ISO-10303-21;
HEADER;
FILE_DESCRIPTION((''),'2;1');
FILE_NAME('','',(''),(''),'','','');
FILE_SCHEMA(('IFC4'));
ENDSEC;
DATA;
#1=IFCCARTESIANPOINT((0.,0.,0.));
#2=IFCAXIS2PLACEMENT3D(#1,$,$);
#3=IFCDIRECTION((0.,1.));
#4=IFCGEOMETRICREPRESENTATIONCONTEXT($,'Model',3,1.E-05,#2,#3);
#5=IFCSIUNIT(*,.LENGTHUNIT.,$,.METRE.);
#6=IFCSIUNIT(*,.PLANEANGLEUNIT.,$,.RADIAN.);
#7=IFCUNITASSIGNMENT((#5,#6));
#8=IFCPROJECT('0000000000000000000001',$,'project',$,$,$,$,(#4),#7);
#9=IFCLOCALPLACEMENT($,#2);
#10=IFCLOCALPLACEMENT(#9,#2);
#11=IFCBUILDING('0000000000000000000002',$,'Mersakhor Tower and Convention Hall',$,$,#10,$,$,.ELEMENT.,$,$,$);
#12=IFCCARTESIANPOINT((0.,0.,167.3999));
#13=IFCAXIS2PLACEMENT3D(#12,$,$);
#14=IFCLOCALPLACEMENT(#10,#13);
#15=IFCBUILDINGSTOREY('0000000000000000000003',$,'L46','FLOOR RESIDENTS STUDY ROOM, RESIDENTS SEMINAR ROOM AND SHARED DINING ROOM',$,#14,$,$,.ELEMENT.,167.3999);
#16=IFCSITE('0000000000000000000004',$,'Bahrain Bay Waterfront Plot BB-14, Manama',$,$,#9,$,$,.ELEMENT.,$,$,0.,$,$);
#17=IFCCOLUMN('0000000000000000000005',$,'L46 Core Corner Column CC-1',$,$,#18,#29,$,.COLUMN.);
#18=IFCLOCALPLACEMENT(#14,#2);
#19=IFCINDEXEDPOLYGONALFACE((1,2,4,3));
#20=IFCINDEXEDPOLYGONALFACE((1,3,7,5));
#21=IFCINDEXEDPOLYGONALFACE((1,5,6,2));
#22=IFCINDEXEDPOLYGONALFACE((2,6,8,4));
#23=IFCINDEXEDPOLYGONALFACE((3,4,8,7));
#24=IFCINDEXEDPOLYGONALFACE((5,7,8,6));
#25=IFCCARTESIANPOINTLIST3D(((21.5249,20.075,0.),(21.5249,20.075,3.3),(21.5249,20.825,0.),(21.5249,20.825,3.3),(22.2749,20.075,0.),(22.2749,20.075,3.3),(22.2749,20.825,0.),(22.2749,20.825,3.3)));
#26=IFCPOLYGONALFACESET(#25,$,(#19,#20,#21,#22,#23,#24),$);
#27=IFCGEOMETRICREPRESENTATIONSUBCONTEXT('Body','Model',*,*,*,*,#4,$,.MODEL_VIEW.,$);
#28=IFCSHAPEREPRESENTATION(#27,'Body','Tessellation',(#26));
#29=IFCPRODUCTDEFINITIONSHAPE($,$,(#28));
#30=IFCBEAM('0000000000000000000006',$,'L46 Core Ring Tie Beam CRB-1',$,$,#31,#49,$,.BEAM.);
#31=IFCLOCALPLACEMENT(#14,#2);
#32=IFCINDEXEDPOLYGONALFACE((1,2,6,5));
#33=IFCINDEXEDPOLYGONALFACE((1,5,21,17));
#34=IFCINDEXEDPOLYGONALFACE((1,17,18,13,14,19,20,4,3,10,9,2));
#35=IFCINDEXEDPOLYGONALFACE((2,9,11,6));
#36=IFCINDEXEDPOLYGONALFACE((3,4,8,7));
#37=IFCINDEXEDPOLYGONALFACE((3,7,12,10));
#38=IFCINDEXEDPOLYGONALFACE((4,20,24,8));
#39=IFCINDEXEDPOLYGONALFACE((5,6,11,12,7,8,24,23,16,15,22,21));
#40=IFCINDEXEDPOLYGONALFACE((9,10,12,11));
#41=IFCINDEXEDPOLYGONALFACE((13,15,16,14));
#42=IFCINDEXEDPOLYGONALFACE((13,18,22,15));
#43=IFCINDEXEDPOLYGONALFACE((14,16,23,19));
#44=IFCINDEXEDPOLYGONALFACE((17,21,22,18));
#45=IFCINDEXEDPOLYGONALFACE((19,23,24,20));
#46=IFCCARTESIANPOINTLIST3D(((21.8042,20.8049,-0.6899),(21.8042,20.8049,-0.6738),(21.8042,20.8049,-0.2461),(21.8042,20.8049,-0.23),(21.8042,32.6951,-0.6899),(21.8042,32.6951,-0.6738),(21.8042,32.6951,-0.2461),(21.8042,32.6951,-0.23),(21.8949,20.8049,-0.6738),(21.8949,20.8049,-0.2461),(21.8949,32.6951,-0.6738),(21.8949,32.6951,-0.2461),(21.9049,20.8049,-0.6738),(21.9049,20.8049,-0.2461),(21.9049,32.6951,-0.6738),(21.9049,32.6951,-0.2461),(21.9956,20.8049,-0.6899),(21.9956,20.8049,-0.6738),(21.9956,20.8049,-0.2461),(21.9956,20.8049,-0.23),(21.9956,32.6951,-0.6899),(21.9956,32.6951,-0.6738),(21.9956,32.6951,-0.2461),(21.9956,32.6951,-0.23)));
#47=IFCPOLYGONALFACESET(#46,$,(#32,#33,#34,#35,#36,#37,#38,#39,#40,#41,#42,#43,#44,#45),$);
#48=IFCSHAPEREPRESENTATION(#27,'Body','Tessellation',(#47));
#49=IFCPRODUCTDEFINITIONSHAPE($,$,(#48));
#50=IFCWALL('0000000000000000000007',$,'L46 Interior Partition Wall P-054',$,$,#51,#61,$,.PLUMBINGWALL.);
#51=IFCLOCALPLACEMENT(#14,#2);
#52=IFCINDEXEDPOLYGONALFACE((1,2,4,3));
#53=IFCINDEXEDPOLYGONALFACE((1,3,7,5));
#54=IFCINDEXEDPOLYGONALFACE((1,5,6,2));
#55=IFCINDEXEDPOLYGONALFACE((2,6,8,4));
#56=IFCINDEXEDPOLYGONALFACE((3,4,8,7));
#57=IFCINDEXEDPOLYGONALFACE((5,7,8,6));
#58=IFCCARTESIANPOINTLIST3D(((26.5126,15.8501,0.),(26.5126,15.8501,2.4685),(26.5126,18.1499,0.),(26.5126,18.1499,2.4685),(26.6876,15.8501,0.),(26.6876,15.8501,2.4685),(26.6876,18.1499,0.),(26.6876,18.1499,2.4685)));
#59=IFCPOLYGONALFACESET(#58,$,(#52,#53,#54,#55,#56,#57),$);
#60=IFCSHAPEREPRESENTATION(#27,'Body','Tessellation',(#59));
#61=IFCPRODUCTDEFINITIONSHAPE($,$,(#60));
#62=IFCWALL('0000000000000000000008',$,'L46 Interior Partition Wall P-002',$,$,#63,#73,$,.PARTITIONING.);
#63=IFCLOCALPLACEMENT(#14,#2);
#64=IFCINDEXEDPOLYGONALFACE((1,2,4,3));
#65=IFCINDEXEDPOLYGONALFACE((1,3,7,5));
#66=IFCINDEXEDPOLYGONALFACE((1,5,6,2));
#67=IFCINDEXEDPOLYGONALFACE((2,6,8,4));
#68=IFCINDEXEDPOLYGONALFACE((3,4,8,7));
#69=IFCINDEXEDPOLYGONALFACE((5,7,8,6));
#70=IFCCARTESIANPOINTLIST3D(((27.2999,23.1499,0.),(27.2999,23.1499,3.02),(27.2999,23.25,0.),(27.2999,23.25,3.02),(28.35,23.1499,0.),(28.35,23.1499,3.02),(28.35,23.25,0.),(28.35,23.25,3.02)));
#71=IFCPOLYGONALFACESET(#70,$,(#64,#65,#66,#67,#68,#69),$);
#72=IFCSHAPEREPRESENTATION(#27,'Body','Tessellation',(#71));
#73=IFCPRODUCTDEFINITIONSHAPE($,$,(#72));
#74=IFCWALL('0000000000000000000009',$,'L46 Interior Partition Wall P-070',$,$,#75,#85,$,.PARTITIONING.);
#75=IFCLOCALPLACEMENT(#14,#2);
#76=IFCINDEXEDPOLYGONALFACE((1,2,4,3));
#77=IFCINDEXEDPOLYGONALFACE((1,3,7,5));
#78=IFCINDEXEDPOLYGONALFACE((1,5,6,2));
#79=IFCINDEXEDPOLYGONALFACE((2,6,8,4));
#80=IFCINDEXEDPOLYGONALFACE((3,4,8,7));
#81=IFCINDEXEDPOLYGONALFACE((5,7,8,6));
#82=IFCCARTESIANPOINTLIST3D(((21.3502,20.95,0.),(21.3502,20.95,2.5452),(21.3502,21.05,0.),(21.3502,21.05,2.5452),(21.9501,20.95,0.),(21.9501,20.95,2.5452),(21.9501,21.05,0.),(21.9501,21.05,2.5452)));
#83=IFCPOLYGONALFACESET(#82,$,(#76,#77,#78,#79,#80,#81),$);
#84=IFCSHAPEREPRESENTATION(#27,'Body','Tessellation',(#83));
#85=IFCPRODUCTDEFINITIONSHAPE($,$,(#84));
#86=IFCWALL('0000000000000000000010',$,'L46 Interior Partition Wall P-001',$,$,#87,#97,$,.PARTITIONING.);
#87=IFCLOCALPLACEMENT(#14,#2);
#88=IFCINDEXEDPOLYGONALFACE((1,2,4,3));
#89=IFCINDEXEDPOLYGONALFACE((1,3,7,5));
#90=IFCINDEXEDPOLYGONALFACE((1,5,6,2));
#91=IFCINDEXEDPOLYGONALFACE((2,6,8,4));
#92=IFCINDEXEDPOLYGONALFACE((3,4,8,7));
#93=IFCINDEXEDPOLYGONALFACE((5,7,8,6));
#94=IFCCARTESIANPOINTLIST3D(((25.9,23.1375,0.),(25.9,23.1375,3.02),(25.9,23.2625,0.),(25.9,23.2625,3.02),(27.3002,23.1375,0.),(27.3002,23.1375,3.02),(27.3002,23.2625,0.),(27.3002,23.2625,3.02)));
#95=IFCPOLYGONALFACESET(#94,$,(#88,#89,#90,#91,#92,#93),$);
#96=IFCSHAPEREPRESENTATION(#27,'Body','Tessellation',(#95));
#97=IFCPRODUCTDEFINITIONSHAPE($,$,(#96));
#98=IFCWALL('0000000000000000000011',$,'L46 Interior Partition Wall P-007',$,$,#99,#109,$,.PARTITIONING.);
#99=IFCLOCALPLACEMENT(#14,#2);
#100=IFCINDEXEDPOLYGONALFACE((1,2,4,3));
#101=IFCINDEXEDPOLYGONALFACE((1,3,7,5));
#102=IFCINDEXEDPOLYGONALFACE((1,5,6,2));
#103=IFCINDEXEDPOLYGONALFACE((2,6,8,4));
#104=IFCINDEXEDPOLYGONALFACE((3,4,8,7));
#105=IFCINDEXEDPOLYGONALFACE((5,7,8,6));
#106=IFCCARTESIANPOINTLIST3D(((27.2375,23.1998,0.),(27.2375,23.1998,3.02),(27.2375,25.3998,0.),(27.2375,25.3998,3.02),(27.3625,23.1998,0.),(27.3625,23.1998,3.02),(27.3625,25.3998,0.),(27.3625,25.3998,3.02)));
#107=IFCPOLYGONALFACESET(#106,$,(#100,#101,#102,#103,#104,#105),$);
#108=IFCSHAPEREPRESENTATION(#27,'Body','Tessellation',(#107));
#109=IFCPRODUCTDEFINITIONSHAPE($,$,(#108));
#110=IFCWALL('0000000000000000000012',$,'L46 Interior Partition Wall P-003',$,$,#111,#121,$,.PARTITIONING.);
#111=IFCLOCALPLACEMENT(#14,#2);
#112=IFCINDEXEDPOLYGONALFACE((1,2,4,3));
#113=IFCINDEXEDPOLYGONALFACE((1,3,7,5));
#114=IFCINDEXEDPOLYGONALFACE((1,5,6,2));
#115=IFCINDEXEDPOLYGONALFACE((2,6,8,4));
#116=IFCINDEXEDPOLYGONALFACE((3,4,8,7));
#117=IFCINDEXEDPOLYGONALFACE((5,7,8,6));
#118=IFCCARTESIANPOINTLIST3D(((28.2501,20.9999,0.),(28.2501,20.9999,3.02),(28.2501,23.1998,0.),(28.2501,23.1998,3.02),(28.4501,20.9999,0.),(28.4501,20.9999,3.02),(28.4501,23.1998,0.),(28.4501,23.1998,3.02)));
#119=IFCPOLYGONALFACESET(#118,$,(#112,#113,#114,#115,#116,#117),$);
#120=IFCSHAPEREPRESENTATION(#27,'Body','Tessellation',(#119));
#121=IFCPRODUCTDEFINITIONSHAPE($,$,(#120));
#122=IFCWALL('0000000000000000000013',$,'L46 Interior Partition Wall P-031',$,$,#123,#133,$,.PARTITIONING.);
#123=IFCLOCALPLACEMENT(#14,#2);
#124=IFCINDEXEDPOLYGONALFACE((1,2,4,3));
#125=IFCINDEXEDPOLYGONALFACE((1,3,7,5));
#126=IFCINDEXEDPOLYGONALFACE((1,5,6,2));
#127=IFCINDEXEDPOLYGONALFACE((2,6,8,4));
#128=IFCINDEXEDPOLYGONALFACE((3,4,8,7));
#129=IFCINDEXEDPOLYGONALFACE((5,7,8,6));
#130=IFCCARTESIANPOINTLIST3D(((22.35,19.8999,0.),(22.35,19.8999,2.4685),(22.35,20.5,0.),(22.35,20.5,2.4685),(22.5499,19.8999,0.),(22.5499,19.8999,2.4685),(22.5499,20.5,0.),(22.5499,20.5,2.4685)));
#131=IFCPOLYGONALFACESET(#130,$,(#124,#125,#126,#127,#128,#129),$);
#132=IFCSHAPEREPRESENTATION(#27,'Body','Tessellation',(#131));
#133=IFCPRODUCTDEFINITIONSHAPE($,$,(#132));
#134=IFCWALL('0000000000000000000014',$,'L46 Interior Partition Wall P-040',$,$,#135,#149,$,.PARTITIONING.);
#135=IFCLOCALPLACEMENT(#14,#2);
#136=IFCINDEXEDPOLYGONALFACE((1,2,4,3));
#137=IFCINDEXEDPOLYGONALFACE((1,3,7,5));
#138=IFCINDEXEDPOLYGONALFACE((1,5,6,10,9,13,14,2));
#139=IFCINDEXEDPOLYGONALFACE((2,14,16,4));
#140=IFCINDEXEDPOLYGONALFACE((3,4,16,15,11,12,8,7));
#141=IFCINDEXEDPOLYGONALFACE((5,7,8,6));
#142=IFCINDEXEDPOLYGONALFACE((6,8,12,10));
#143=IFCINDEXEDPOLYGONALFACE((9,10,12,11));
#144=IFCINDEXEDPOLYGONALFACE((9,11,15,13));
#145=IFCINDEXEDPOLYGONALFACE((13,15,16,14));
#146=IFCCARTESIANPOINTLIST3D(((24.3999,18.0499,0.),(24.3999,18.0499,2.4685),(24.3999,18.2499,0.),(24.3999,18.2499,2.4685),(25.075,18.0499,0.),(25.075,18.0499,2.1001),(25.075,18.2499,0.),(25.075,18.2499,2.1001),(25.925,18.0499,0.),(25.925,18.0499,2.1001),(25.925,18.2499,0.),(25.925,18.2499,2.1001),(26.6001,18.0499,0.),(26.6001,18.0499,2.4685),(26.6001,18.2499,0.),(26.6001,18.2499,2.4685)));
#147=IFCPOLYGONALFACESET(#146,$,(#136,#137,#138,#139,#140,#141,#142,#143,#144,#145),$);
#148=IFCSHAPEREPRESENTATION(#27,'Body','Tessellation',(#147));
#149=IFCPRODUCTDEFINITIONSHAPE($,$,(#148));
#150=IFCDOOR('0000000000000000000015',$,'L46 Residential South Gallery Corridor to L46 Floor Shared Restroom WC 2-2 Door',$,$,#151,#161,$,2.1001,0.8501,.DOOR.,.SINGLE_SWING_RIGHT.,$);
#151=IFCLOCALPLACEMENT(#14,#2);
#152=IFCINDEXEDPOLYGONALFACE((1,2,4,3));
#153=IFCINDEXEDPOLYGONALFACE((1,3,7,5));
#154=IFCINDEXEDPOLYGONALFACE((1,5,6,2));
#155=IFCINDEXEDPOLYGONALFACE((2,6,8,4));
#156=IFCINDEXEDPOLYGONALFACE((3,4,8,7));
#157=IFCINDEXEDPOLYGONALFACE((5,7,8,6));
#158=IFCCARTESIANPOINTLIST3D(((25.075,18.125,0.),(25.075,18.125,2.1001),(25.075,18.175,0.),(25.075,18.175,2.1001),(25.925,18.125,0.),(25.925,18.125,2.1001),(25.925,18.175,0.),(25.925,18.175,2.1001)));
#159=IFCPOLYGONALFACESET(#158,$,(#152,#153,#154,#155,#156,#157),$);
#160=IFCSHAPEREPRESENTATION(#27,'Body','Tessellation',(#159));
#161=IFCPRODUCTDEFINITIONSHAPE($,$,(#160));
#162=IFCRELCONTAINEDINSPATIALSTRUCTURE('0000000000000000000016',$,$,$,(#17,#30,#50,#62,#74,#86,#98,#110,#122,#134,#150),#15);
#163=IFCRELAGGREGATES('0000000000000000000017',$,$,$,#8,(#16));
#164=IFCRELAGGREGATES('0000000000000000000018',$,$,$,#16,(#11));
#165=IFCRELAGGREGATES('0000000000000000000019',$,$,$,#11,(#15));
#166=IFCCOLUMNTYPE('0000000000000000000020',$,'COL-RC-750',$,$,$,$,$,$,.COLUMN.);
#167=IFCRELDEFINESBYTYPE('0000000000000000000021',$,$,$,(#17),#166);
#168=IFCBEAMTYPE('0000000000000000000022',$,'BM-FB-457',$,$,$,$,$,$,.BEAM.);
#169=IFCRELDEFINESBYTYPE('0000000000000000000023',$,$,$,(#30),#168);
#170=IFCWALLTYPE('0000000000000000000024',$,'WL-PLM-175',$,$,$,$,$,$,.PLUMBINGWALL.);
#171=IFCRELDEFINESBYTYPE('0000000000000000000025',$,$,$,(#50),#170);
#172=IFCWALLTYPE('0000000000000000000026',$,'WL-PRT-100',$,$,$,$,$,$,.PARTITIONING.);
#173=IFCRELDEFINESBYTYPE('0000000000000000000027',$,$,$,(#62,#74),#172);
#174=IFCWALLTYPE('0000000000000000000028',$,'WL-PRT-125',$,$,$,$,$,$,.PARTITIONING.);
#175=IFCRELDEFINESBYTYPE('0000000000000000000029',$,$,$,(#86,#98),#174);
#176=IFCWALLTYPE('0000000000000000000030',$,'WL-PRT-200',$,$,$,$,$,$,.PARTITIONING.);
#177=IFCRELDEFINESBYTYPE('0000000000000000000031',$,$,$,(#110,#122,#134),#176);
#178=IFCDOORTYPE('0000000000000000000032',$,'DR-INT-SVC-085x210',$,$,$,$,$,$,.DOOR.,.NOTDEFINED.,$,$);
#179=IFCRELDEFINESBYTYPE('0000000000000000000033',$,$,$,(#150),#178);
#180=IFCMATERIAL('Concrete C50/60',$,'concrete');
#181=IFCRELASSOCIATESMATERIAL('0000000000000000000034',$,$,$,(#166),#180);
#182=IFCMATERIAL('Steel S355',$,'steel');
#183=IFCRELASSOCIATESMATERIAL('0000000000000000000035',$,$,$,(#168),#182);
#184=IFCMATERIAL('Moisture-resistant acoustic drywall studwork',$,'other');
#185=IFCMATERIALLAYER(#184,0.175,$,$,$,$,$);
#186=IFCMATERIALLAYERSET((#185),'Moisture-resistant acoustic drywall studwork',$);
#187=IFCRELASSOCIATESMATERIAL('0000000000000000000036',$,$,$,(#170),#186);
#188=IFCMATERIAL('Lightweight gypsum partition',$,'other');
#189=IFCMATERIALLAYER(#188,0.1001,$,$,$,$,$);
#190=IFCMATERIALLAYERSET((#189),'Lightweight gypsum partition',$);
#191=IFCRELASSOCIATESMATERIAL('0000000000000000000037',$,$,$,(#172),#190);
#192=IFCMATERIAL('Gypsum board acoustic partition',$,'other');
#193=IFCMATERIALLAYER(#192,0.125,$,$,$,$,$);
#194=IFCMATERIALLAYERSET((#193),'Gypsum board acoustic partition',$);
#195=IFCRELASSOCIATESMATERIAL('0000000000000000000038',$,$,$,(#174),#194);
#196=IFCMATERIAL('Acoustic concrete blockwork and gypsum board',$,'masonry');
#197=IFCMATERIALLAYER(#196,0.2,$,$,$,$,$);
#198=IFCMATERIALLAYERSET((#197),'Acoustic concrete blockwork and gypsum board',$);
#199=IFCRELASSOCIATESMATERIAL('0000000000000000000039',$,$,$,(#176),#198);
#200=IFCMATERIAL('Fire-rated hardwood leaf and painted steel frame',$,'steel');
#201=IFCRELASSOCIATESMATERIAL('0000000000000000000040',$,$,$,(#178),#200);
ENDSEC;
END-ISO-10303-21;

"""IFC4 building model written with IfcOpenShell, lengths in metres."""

from ifc_helpers import new_model, si_unit, direction, frame, frame_2d, origin, origin_2d, place, context, subcontext, project, spatial, rectangle, i_section, extrude, material, layer, layer_set, material_profile, profile_set, type_object, element, fill, save


model = new_model("IFC4")

# Units and contexts
model_context = context("Model", 3, precision=1e-05, world=origin(), true_north=direction((0.0, 1.0)))
body_context = subcontext(model_context, "Body", "Model", "MODEL_VIEW")
ifc_project = project(units=[si_unit("LENGTHUNIT", "METRE"), si_unit("PLANEANGLEUNIT", "RADIAN")], contexts=[model_context])

# Site, building, storey
site_placement = place(None, origin())
site = spatial("IfcSite", under=ifc_project, at=site_placement, Name="Bahrain Bay Waterfront Plot BB-14, Manama", CompositionType="ELEMENT", RefElevation=0.0)
building_placement = place(site_placement, origin())
building = spatial("IfcBuilding", under=site, at=building_placement, Name="Mersakhor Tower and Convention Hall", CompositionType="ELEMENT")
storey_placement = place(building_placement, frame((0.0, 0.0, 167.3999)))
storey = spatial("IfcBuildingStorey", under=building, at=storey_placement, Name="L46", Description="FLOOR RESIDENTS STUDY ROOM, RESIDENTS SEMINAR ROOM AND SHARED DINING ROOM", CompositionType="ELEMENT", Elevation=167.3999)

# Column
ifc_material_1 = material(Name="Concrete C50/60", Category="concrete")
ifc_material_profile_1 = material_profile(ifc_material_1, rectangle(XDim=0.75, YDim=0.75, at=origin_2d()), Name="RC 750x750")
ifc_profile_set_1 = profile_set([ifc_material_profile_1], Name="Concrete C50/60")
column_type = type_object("IfcColumnType", Name="COL-RC-750", PredefinedType="COLUMN", material=ifc_profile_set_1)
column_placement = place(storey_placement, frame((21.8999, 20.45, 0.0), z_axis=(0.0, 0.0, 1.0), x_axis=(1.0, 0.0, 0.0)))
element("IfcColumn", 1, at=column_placement, inside=storey, type_object=column_type, Name="L46 Core Corner Column CC-1", PredefinedType="COLUMN", context=body_context, shape_type="SweptSolid", body=[
    extrude(rectangle(XDim=0.75, YDim=0.75, at=origin_2d()), origin(), (0.0, 0.0, 1.0), 3.3),
])

# Beam
ifc_material_2 = material(Name="Steel S355", Category="steel")
ifc_material_profile_2 = material_profile(ifc_material_2, i_section(OverallWidth=0.1914, OverallDepth=0.46, WebThickness=0.01, FlangeThickness=0.0161, at=origin_2d()), Name="UB 457x191x82")
ifc_profile_set_2 = profile_set([ifc_material_profile_2], Name="Steel S355")
beam_type = type_object("IfcBeamType", Name="BM-FB-457", PredefinedType="BEAM", material=ifc_profile_set_2)
beam_placement = place(storey_placement, frame((21.8999, 20.8049, -0.46), z_axis=(0.0, 1.0, 0.0), x_axis=(-1.0, 0.0, 0.0)))
element("IfcBeam", 2, at=beam_placement, inside=storey, type_object=beam_type, Name="L46 Core Ring Tie Beam CRB-1", PredefinedType="BEAM", context=body_context, shape_type="SweptSolid", body=[
    extrude(i_section(OverallWidth=0.1914, OverallDepth=0.46, WebThickness=0.01, FlangeThickness=0.0161, at=origin_2d()), origin(), (0.0, 0.0, 1.0), 11.8901),
])

# Walls
ifc_material_3 = material(Name="Moisture-resistant acoustic drywall studwork", Category="other")
ifc_layer_1 = layer(ifc_material_3, 0.175)
ifc_layer_set_1 = layer_set([ifc_layer_1], Name="Moisture-resistant acoustic drywall studwork")
wall_type_1 = type_object("IfcWallType", Name="WL-PLM-175", PredefinedType="PLUMBINGWALL", material=ifc_layer_set_1)
wall_1_placement = place(storey_placement, frame((26.6001, 18.1499, 0.0), z_axis=(0.0, 0.0, 1.0), x_axis=(0.0, -1.0, 0.0)))
element("IfcWall", 3, at=wall_1_placement, inside=storey, type_object=wall_type_1, Name="L46 Interior Partition Wall P-054", PredefinedType="PLUMBINGWALL", context=body_context, shape_type="SweptSolid", body=[
    extrude(rectangle(XDim=2.2998, YDim=0.175, at=frame_2d((1.1499, 0.0))), origin(), (0.0, 0.0, 1.0), 2.4685),
])
ifc_material_4 = material(Name="Lightweight gypsum partition", Category="other")
ifc_layer_2 = layer(ifc_material_4, 0.1001)
ifc_layer_set_2 = layer_set([ifc_layer_2], Name="Lightweight gypsum partition")
wall_type_2 = type_object("IfcWallType", Name="WL-PRT-100", PredefinedType="PARTITIONING", material=ifc_layer_set_2)
wall_2_placement = place(storey_placement, frame((27.3, 23.2, 0.0), z_axis=(0.0, 0.0, 1.0), x_axis=(1.0, 0.0, 0.0)))
element("IfcWall", 4, at=wall_2_placement, inside=storey, type_object=wall_type_2, Name="L46 Interior Partition Wall P-002", PredefinedType="PARTITIONING", context=body_context, shape_type="SweptSolid", body=[
    extrude(rectangle(XDim=1.05, YDim=0.1001, at=frame_2d((0.5249, 0.0))), origin(), (0.0, 0.0, 1.0), 3.02),
])
wall_3_placement = place(storey_placement, frame((21.95, 21.0, 0.0), z_axis=(0.0, 0.0, 1.0), x_axis=(-1.0, 0.0, 0.0)))
element("IfcWall", 5, at=wall_3_placement, inside=storey, type_object=wall_type_2, Name="L46 Interior Partition Wall P-070", PredefinedType="PARTITIONING", context=body_context, shape_type="SweptSolid", body=[
    extrude(rectangle(XDim=0.5999, YDim=0.1001, at=frame_2d((0.2998, 0.0))), origin(), (0.0, 0.0, 1.0), 2.5452),
])
ifc_material_5 = material(Name="Gypsum board acoustic partition", Category="other")
ifc_layer_3 = layer(ifc_material_5, 0.125)
ifc_layer_set_3 = layer_set([ifc_layer_3], Name="Gypsum board acoustic partition")
wall_type_3 = type_object("IfcWallType", Name="WL-PRT-125", PredefinedType="PARTITIONING", material=ifc_layer_set_3)
wall_4_placement = place(storey_placement, frame((25.8999, 23.2, 0.0), z_axis=(0.0, 0.0, 1.0), x_axis=(1.0, 0.0, 0.0)))
element("IfcWall", 6, at=wall_4_placement, inside=storey, type_object=wall_type_3, Name="L46 Interior Partition Wall P-001", PredefinedType="PARTITIONING", context=body_context, shape_type="SweptSolid", body=[
    extrude(rectangle(XDim=1.4001, YDim=0.125, at=frame_2d((0.7002, 0.0))), origin(), (0.0, 0.0, 1.0), 3.02),
])
wall_5_placement = place(storey_placement, frame((27.3, 25.3999, 0.0), z_axis=(0.0, 0.0, 1.0), x_axis=(0.0, -1.0, 0.0)))
element("IfcWall", 7, at=wall_5_placement, inside=storey, type_object=wall_type_3, Name="L46 Interior Partition Wall P-007", PredefinedType="PARTITIONING", context=body_context, shape_type="SweptSolid", body=[
    extrude(rectangle(XDim=2.2, YDim=0.125, at=frame_2d((1.1001, 0.0))), origin(), (0.0, 0.0, 1.0), 3.02),
])
ifc_material_6 = material(Name="Acoustic concrete blockwork and gypsum board", Category="masonry")
ifc_layer_4 = layer(ifc_material_6, 0.2)
ifc_layer_set_4 = layer_set([ifc_layer_4], Name="Acoustic concrete blockwork and gypsum board")
wall_type_4 = type_object("IfcWallType", Name="WL-PRT-200", PredefinedType="PARTITIONING", material=ifc_layer_set_4)
wall_6_placement = place(storey_placement, frame((28.3501, 23.2, 0.0), z_axis=(0.0, 0.0, 1.0), x_axis=(0.0, -1.0, 0.0)))
element("IfcWall", 8, at=wall_6_placement, inside=storey, type_object=wall_type_4, Name="L46 Interior Partition Wall P-003", PredefinedType="PARTITIONING", context=body_context, shape_type="SweptSolid", body=[
    extrude(rectangle(XDim=2.2, YDim=0.2, at=frame_2d((1.1001, 0.0))), origin(), (0.0, 0.0, 1.0), 3.02),
])
wall_7_placement = place(storey_placement, frame((22.45, 19.8999, 0.0), z_axis=(0.0, 0.0, 1.0), x_axis=(0.0, 1.0, 0.0)))
element("IfcWall", 9, at=wall_7_placement, inside=storey, type_object=wall_type_4, Name="L46 Interior Partition Wall P-031", PredefinedType="PARTITIONING", context=body_context, shape_type="SweptSolid", body=[
    extrude(rectangle(XDim=0.6001, YDim=0.2, at=frame_2d((0.3, 0.0))), origin(), (0.0, 0.0, 1.0), 2.4685),
])

# Wall, opening, door
wall_8_placement = place(storey_placement, frame((26.6001, 18.1499, 0.0), z_axis=(0.0, 0.0, 1.0), x_axis=(-1.0, 0.0, 0.0)))
wall_8 = element("IfcWall", 10, at=wall_8_placement, inside=storey, type_object=wall_type_4, Name="L46 Interior Partition Wall P-040", PredefinedType="PARTITIONING", context=body_context, shape_type="SweptSolid", body=[
    extrude(rectangle(XDim=2.2002, YDim=0.2, at=frame_2d((1.1001, 0.0))), origin(), (0.0, 0.0, 1.0), 2.4685),
])
opening_1_placement = place(wall_8_placement, frame((0.675, 0.0, 0.0)))
opening_1 = element("IfcOpeningElement", 11, at=opening_1_placement, cuts=wall_8, PredefinedType="OPENING", context=body_context, shape_type="SweptSolid", body=[
    extrude(rectangle(XDim=0.8501, YDim=2.1001, at=frame_2d((0.425, 1.05))), frame((0.0, 0.1099, 0.0), z_axis=(0.0, -1.0, 0.0), x_axis=(1.0, 0.0, 0.0)), (0.0, 0.0, 1.0), 0.22),
])
ifc_material_7 = material(Name="Fire-rated hardwood leaf and painted steel frame", Category="steel")
door_type_1 = type_object("IfcDoorType", Name="DR-INT-SVC-085x210", OperationType="NOTDEFINED", PredefinedType="DOOR", material=ifc_material_7)
door_1_placement = place(opening_1_placement, origin())
door_1 = element("IfcDoor", 12, at=door_1_placement, inside=storey, type_object=door_type_1, Name="L46 Residential South Gallery Corridor to L46 Floor Shared Restroom WC 2-2 Door", OperationType="SINGLE_SWING_RIGHT", OverallHeight=2.1001, OverallWidth=0.8501, PredefinedType="DOOR", context=body_context, shape_type="SweptSolid", body=[
    extrude(rectangle(XDim=0.8501, YDim=2.1001, at=frame_2d((0.425, 1.05))), frame((0.0, 0.0249, 0.0), z_axis=(0.0, -1.0, 0.0), x_axis=(1.0, 0.0, 0.0)), (0.0, 0.0, 1.0), 0.05),
])
fill(opening_1, door_1)

save(model, "model.ifc")
